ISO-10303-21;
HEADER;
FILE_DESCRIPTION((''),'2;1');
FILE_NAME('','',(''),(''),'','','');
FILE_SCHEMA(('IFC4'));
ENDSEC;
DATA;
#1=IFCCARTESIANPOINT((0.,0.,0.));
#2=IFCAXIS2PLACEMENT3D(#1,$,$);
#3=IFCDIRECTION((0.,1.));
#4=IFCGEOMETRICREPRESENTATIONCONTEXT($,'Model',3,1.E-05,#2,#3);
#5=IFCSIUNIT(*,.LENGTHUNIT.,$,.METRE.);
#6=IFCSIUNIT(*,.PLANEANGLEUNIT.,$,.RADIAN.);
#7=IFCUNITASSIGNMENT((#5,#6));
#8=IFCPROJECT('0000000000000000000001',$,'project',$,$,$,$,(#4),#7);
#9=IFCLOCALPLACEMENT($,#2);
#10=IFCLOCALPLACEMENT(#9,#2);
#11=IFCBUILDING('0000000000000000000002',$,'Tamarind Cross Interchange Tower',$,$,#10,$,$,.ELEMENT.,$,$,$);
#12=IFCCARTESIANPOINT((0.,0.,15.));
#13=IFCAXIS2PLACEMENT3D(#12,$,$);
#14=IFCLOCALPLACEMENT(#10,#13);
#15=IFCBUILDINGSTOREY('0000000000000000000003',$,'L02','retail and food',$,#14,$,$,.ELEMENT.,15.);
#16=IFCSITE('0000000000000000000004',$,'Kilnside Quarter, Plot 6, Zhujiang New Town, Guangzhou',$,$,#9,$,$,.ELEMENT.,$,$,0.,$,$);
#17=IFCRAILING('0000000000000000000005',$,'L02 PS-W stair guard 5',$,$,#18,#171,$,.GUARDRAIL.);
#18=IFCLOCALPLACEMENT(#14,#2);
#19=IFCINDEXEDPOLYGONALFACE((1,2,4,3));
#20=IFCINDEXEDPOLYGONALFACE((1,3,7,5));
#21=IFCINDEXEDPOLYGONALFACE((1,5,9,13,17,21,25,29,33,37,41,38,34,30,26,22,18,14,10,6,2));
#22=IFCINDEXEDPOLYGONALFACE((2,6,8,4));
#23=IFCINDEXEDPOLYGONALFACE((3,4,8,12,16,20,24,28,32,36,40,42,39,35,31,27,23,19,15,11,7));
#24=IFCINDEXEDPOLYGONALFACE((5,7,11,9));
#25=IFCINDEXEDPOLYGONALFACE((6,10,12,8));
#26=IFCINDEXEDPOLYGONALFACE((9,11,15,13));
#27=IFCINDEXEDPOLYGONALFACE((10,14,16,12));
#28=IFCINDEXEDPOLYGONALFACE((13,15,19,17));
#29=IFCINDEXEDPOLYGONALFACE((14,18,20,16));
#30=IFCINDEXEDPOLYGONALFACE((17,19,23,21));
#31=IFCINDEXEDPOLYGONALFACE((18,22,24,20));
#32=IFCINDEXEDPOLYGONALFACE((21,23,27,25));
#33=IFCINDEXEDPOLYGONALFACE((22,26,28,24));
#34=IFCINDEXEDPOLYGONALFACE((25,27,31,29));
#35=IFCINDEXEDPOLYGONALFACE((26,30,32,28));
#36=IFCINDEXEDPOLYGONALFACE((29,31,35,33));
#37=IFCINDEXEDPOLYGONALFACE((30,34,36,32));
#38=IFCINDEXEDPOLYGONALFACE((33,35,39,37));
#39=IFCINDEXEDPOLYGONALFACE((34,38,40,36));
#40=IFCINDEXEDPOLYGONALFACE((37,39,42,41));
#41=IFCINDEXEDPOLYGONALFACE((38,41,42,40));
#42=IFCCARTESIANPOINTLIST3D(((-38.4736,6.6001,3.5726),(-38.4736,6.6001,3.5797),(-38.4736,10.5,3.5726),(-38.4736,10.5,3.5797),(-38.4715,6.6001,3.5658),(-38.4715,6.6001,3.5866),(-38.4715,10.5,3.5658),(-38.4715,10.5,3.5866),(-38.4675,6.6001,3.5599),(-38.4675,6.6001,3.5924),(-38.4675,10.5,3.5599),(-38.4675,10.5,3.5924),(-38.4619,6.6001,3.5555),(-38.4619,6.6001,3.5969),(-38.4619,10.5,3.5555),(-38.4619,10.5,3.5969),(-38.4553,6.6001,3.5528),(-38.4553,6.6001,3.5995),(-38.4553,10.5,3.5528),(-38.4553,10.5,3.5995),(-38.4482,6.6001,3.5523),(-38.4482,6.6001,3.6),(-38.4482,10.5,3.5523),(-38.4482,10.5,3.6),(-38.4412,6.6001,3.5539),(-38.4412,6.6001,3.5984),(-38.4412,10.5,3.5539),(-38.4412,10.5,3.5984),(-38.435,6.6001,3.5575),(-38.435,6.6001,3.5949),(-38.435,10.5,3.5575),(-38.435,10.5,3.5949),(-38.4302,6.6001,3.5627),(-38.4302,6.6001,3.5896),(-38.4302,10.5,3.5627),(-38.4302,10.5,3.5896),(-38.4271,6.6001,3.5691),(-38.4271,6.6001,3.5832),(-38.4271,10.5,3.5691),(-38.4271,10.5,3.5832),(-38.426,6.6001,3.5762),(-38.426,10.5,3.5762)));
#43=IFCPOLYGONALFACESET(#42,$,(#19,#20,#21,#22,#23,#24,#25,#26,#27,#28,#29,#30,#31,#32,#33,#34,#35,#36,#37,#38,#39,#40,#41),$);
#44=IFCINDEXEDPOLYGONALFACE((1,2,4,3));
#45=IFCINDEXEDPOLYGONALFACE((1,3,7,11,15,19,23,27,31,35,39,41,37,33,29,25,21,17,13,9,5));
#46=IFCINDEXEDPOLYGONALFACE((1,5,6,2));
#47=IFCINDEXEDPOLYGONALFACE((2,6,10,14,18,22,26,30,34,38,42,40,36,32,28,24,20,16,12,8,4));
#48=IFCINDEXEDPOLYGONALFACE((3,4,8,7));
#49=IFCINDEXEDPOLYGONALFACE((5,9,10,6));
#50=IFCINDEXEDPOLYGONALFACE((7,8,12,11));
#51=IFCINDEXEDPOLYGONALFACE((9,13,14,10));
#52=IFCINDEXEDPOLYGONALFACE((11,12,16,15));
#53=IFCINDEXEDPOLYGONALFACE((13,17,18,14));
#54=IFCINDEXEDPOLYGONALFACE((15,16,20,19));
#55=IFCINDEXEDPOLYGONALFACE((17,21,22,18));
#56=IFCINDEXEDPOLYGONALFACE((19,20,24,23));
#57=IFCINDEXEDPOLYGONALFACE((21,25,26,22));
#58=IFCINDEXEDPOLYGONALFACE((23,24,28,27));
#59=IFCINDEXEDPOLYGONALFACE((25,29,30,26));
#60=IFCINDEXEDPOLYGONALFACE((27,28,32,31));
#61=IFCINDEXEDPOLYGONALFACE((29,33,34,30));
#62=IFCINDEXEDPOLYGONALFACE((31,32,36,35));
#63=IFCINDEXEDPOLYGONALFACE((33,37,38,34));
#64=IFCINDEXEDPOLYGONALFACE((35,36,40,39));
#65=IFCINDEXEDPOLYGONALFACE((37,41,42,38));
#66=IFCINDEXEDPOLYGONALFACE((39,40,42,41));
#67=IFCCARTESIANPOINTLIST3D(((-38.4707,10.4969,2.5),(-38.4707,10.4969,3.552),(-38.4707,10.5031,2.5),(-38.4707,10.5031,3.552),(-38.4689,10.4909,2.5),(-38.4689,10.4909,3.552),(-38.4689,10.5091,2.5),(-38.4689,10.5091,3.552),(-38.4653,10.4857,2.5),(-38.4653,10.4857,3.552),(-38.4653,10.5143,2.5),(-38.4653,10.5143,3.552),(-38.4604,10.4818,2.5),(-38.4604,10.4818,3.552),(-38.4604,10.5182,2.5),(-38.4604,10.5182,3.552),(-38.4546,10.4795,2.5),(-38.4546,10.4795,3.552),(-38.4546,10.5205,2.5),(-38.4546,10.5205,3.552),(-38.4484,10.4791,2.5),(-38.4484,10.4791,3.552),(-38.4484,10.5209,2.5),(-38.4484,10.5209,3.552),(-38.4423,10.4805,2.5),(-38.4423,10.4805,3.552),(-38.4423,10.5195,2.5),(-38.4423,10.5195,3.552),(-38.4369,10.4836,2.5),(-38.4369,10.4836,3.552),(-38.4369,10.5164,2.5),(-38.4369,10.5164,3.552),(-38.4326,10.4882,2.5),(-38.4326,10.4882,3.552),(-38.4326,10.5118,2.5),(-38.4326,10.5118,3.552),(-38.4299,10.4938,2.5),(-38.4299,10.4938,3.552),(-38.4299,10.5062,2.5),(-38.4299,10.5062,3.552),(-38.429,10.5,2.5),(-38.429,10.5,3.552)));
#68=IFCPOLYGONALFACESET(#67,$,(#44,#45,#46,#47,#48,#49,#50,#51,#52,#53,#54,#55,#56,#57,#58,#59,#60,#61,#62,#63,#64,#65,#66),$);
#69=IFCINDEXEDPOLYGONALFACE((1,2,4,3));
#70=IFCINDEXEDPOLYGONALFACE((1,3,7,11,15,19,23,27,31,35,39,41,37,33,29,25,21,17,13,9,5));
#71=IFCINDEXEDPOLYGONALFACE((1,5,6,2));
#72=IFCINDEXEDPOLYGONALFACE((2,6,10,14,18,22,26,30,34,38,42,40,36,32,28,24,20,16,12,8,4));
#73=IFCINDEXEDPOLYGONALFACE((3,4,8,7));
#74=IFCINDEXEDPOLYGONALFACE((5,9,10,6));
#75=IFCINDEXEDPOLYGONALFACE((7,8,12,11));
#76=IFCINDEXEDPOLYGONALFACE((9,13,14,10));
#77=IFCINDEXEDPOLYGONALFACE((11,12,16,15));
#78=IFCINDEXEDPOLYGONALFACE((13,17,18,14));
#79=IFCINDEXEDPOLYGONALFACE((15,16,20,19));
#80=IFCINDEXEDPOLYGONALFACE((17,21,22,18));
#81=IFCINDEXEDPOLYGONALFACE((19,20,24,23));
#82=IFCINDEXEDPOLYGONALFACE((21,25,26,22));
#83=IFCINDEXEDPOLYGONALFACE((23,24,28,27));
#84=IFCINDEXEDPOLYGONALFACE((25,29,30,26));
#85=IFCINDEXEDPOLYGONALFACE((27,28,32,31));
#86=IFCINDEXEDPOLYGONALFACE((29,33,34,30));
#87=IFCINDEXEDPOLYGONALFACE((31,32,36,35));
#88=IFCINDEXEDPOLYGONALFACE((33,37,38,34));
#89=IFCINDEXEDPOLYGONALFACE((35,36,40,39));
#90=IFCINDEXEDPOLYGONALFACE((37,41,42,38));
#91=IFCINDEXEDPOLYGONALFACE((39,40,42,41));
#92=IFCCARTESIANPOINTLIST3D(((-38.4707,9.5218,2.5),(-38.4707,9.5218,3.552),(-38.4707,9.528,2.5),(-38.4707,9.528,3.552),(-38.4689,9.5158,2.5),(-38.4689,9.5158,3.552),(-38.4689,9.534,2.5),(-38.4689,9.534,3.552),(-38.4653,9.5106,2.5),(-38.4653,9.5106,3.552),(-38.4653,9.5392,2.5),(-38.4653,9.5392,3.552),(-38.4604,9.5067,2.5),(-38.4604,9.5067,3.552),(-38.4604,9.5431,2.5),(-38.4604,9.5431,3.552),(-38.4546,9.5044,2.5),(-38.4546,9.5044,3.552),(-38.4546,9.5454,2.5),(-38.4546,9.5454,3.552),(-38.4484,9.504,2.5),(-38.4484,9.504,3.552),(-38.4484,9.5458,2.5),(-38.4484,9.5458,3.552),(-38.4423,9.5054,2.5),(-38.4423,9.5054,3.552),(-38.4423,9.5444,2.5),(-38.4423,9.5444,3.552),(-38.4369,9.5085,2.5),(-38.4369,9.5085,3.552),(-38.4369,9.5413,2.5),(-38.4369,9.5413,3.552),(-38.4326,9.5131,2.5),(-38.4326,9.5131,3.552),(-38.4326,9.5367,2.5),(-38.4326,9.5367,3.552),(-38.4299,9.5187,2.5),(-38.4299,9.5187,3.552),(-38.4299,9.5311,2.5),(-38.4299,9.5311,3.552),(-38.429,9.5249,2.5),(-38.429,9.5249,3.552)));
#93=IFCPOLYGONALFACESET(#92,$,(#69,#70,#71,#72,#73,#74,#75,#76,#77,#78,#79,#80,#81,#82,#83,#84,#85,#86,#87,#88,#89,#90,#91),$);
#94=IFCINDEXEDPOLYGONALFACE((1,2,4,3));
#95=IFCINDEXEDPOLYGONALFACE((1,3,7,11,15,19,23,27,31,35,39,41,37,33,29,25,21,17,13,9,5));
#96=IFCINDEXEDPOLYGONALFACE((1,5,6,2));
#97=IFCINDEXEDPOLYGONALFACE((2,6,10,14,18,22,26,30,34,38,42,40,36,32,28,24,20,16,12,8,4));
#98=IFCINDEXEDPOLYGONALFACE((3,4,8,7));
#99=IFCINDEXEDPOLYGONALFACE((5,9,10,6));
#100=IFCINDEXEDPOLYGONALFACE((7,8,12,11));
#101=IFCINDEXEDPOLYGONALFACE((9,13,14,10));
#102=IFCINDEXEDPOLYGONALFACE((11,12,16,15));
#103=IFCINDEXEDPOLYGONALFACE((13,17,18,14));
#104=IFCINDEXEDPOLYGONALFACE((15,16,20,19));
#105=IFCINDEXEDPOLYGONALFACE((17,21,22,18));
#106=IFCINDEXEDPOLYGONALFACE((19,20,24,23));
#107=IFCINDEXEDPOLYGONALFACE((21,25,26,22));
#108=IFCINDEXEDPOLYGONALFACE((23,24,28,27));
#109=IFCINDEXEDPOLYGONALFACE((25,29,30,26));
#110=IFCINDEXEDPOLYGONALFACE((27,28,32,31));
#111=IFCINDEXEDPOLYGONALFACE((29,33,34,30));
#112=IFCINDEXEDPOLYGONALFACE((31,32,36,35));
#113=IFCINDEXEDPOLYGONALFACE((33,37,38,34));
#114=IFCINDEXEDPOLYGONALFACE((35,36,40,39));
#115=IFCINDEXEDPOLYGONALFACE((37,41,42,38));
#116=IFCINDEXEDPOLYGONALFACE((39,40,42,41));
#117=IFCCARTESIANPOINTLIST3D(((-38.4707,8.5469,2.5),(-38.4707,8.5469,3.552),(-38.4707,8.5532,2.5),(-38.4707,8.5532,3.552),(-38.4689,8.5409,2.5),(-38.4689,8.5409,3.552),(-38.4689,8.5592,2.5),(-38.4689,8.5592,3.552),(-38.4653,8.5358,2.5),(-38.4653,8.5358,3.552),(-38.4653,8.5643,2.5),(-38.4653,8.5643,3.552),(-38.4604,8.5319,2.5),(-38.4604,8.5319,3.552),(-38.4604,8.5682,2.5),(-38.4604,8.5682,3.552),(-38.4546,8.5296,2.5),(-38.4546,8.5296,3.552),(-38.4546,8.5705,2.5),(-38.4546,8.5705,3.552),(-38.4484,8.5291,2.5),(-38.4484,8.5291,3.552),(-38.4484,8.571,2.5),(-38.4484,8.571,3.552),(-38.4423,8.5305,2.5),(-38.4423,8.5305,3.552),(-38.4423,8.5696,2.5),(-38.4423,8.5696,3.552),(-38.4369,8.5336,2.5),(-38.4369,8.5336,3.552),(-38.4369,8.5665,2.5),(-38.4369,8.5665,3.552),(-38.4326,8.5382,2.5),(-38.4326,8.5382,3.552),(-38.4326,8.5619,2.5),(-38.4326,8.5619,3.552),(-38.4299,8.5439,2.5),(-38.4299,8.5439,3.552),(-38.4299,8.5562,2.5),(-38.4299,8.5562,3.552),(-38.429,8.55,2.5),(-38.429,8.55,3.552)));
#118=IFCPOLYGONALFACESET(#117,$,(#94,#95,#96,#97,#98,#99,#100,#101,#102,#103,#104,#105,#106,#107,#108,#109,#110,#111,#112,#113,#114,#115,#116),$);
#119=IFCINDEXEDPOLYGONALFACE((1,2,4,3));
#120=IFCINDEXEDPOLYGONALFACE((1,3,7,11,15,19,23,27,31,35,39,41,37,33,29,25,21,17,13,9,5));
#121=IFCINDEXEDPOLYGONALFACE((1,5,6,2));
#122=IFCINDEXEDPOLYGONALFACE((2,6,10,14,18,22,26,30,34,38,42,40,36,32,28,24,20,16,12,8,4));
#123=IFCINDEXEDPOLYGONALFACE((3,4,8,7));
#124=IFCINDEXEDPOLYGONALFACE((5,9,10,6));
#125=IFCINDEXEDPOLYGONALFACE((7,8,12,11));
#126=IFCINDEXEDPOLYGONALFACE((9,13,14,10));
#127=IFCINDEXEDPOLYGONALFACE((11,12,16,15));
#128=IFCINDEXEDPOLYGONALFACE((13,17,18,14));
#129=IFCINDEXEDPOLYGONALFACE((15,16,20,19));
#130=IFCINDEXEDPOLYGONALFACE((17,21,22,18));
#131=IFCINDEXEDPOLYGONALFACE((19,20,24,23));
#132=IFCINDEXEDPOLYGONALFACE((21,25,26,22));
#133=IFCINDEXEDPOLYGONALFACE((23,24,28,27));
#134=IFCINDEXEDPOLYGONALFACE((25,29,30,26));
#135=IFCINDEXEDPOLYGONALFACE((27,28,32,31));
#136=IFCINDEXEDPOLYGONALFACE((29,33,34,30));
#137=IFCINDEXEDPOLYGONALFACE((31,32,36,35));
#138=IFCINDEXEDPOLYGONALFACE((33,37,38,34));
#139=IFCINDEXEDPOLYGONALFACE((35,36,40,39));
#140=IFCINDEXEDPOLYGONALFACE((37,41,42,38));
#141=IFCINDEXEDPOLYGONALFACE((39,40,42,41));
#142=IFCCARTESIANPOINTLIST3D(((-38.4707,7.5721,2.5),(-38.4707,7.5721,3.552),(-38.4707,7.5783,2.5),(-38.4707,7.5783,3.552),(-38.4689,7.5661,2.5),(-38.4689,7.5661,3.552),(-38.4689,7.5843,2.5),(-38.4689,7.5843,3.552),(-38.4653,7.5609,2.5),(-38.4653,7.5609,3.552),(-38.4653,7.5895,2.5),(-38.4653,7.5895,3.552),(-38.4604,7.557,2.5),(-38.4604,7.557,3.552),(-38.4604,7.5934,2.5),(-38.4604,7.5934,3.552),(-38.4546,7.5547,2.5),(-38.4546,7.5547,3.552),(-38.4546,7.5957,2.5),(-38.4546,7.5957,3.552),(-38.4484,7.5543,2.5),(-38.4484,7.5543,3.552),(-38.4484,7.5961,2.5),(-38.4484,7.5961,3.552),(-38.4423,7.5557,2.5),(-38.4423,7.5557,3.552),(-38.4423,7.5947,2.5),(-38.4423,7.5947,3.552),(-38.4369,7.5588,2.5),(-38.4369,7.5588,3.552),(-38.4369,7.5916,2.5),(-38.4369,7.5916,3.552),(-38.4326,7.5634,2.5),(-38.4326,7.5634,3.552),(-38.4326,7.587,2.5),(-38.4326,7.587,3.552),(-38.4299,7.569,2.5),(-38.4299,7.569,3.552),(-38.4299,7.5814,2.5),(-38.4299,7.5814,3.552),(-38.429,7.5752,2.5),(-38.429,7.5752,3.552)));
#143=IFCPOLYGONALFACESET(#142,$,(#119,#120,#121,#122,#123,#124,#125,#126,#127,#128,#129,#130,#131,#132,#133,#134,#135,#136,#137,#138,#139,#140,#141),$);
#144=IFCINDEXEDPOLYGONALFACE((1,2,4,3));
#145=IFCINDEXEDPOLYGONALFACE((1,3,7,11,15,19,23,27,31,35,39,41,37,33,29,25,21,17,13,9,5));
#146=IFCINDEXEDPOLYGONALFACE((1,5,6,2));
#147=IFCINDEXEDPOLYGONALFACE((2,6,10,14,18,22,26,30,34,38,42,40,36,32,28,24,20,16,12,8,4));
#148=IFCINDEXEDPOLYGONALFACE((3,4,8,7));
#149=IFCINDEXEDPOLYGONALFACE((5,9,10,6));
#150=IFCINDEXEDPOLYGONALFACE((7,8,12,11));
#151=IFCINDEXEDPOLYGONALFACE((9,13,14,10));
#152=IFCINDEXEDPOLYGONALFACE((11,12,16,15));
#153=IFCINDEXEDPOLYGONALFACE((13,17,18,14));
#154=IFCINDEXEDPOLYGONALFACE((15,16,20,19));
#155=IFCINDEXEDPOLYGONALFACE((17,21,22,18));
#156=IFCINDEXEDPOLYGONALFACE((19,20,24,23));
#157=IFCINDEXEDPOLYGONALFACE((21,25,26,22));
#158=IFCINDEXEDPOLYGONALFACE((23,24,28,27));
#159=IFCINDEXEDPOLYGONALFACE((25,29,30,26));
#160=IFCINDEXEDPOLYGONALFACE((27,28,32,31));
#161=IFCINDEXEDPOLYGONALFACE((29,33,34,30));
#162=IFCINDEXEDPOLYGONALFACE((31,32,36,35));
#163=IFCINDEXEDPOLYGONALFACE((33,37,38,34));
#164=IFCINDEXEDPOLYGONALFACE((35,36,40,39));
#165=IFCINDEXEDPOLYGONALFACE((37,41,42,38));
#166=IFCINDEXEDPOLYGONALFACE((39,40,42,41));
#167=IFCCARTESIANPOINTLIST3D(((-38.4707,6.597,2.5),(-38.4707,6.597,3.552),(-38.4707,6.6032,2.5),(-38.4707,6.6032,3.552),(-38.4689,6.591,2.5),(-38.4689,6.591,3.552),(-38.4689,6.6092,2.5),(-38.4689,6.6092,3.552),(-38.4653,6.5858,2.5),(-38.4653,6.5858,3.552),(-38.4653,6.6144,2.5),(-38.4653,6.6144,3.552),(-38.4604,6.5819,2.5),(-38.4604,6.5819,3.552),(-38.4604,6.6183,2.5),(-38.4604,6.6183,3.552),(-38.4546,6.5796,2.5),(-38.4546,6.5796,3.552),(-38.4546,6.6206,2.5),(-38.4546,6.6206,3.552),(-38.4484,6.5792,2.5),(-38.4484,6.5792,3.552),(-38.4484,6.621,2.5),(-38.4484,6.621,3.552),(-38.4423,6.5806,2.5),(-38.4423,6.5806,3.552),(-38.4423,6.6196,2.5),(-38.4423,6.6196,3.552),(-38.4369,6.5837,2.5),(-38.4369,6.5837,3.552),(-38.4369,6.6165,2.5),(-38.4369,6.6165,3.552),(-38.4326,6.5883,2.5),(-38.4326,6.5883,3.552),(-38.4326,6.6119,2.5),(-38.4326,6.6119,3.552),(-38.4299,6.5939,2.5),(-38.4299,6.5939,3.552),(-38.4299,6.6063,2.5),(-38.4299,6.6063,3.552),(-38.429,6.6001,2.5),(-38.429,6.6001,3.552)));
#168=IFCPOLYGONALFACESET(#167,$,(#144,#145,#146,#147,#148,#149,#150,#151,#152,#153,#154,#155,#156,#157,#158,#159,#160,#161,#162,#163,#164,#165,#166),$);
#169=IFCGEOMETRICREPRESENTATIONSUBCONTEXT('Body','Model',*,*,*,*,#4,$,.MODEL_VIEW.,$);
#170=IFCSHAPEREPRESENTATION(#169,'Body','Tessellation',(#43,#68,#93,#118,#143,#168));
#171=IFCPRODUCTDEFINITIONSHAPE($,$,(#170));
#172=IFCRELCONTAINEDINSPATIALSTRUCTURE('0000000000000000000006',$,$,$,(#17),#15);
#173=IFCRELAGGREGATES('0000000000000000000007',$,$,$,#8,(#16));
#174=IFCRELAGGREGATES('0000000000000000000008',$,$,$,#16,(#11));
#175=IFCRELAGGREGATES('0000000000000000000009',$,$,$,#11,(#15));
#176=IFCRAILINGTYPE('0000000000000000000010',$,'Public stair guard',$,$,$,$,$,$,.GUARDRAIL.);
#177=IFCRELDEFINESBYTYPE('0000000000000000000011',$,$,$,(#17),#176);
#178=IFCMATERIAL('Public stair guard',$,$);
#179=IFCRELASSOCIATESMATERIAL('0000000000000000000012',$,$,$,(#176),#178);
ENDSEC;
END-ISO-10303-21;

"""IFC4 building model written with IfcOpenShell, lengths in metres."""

from ifc_helpers import new_model, si_unit, direction, frame, origin, origin_2d, place, context, subcontext, project, spatial, circle, extrude, material, type_object, element, save


model = new_model("IFC4")

# Units and contexts
model_context = context("Model", 3, precision=1e-05, world=origin(), true_north=direction((0.0, 1.0)))
body_context = subcontext(model_context, "Body", "Model", "MODEL_VIEW")
ifc_project = project(units=[si_unit("LENGTHUNIT", "METRE"), si_unit("PLANEANGLEUNIT", "RADIAN")], contexts=[model_context])

# Site, building, storey
site_placement = place(None, origin())
site = spatial("IfcSite", under=ifc_project, at=site_placement, Name="Kilnside Quarter, Plot 6, Zhujiang New Town, Guangzhou", CompositionType="ELEMENT", RefElevation=0.0)
building_placement = place(site_placement, origin())
building = spatial("IfcBuilding", under=site, at=building_placement, Name="Tamarind Cross Interchange Tower", CompositionType="ELEMENT")
storey_placement = place(building_placement, frame((0.0, 0.0, 15.0)))
storey = spatial("IfcBuildingStorey", under=building, at=storey_placement, Name="L02", Description="retail and food", CompositionType="ELEMENT", Elevation=15.0)

# Railing
ifc_material_1 = material(Name="Public stair guard")
railing_type_1 = type_object("IfcRailingType", Name="Public stair guard", PredefinedType="GUARDRAIL", material=ifc_material_1)
railing_1_placement = place(storey_placement, frame((-38.45, 10.5, 2.5)))
element("IfcRailing", 1, at=railing_1_placement, inside=storey, type_object=railing_type_1, Name="L02 PS-W stair guard 5", PredefinedType="GUARDRAIL", context=body_context, shape_type="SweptSolid", body=[
    extrude(circle(Radius=0.0239, at=origin_2d()), frame((0.0, 0.0, 1.0762), z_axis=(0.0, -1.0, 0.0), x_axis=(1.0, 0.0, 0.0)), (0.0, 0.0, 1.0), 3.8999),
    extrude(circle(Radius=0.021, at=origin_2d()), origin(), (0.0, 0.0, 1.0), 1.052),
    extrude(circle(Radius=0.021, at=origin_2d()), frame((0.0, -0.9751, 0.0)), (0.0, 0.0, 1.0), 1.052),
    extrude(circle(Radius=0.021, at=origin_2d()), frame((0.0, -1.95, 0.0)), (0.0, 0.0, 1.0), 1.052),
    extrude(circle(Radius=0.021, at=origin_2d()), frame((0.0, -2.9248, 0.0)), (0.0, 0.0, 1.0), 1.052),
    extrude(circle(Radius=0.021, at=origin_2d()), frame((0.0, -3.8999, 0.0)), (0.0, 0.0, 1.0), 1.052),
])

save(model, "model.ifc")
